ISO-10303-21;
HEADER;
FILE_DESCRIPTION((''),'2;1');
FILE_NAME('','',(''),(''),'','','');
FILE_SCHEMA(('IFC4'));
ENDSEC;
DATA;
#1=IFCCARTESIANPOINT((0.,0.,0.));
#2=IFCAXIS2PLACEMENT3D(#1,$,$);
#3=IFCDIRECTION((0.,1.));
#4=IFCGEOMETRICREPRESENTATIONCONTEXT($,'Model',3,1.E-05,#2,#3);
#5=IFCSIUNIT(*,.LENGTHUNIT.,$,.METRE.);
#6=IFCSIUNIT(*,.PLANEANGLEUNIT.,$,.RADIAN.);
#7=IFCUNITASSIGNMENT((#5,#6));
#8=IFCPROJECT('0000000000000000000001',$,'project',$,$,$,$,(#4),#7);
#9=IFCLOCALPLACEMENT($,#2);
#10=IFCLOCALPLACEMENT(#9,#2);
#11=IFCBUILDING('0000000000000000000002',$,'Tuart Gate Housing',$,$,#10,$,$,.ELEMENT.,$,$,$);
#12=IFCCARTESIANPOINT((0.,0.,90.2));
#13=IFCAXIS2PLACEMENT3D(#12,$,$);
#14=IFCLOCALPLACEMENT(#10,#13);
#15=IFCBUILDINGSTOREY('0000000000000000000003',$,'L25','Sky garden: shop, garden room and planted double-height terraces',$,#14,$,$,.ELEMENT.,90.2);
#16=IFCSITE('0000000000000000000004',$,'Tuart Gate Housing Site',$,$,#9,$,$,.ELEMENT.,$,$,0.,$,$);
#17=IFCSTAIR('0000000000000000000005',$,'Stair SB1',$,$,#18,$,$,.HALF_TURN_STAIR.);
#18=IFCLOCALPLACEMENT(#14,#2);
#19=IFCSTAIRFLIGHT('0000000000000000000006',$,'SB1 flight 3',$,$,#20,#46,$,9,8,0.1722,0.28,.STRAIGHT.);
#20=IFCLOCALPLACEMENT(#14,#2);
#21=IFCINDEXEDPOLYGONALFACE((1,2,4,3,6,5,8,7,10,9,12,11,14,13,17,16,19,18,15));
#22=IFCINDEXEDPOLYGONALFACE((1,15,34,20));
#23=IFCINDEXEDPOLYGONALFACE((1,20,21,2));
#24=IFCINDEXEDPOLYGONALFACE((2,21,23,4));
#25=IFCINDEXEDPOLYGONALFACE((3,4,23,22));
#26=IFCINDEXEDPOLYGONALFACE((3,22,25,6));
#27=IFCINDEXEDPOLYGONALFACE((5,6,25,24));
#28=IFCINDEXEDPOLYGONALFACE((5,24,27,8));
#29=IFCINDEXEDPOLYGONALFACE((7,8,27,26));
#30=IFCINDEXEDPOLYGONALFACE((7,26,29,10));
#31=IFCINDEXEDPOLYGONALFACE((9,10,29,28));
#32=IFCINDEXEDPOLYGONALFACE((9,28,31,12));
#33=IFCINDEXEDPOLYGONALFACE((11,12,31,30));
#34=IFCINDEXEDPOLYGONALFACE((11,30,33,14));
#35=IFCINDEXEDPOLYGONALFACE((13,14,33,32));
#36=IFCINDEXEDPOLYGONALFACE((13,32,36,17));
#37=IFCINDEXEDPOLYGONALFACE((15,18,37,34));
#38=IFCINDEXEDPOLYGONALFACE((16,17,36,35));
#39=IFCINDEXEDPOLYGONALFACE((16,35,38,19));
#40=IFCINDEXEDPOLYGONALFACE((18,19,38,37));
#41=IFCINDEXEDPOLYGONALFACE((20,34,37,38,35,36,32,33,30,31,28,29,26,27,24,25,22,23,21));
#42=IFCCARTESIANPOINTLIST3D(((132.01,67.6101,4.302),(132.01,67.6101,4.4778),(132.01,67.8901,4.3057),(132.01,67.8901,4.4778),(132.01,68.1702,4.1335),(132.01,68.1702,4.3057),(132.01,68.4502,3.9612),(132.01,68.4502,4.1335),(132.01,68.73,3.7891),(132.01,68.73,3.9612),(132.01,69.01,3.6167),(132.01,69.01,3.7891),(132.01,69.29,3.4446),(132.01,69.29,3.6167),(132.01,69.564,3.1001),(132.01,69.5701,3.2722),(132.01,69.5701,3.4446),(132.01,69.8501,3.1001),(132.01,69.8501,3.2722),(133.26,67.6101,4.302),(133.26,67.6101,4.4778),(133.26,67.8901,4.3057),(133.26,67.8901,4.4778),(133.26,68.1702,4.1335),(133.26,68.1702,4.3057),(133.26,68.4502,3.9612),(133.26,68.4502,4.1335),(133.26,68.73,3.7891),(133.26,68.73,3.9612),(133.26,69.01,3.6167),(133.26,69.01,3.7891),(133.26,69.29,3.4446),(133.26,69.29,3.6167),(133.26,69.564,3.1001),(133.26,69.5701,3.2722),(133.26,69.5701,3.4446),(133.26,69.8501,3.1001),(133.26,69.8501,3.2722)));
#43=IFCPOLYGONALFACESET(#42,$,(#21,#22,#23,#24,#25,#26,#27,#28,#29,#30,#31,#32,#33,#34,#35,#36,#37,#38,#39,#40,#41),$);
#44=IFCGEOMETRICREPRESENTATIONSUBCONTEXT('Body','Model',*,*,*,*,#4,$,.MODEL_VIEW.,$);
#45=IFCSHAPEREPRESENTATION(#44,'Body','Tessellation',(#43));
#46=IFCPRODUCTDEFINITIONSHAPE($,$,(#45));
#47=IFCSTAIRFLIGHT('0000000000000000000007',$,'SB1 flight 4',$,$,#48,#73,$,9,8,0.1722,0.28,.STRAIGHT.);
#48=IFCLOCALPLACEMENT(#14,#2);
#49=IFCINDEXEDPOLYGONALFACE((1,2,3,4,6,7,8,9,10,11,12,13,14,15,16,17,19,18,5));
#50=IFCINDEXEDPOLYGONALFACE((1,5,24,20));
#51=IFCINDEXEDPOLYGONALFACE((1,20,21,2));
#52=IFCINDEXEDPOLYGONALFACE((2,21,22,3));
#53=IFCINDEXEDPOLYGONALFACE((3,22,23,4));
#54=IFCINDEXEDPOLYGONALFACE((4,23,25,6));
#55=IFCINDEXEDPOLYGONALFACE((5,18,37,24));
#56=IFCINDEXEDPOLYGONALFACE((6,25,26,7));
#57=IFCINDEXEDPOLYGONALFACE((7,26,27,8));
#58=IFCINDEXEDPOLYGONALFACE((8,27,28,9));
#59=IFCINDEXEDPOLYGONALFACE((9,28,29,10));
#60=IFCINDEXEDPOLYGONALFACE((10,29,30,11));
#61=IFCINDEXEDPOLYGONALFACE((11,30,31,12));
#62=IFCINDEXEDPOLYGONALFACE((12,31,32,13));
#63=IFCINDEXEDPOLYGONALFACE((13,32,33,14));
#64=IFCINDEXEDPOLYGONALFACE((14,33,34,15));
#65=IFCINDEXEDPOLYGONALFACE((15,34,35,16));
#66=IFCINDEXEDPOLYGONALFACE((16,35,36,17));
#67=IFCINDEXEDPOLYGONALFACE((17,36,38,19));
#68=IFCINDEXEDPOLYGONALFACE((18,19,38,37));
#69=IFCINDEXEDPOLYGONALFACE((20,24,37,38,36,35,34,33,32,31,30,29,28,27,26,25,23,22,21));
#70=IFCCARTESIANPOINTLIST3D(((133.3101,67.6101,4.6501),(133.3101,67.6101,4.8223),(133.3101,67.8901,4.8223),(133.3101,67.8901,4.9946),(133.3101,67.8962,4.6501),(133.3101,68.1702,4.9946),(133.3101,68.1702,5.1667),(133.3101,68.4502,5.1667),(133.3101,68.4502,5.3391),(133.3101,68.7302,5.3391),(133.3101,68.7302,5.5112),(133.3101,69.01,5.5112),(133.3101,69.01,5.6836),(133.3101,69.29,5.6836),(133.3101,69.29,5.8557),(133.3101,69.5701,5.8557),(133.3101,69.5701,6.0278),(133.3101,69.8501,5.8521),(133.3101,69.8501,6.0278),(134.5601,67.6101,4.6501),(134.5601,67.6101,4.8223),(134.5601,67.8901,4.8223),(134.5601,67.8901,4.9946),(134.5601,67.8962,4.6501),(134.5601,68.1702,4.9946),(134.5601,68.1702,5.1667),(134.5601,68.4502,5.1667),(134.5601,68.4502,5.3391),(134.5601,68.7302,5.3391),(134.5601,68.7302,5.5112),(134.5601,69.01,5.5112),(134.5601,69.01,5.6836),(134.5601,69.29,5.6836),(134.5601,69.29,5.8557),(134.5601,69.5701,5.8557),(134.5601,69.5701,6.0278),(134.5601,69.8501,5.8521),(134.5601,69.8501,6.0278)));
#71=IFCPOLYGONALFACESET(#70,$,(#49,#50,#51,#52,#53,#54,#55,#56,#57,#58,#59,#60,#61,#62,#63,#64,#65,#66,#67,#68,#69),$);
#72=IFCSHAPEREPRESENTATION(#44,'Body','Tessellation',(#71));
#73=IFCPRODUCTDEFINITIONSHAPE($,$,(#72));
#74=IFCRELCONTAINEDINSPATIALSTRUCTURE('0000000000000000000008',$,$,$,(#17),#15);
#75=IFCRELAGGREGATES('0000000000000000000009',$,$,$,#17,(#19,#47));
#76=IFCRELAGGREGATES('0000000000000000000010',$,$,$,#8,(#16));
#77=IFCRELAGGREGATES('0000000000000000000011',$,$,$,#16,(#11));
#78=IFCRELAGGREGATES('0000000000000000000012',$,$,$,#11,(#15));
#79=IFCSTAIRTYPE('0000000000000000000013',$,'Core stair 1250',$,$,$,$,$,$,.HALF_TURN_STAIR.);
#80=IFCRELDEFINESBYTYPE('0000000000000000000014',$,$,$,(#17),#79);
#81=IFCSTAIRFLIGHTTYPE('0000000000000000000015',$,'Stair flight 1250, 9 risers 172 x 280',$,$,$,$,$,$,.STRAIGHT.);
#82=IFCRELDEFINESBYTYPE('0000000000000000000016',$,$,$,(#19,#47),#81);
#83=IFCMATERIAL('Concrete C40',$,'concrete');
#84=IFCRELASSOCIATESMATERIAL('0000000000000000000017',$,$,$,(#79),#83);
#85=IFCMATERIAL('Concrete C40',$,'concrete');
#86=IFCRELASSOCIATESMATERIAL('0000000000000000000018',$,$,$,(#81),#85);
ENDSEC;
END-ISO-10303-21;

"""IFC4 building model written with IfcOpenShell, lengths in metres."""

from ifc_helpers import new_model, si_unit, direction, frame, origin, place, context, subcontext, project, spatial, polyline, outline, extrude, material, type_object, element, aggregate, save


model = new_model("IFC4")

# Units and contexts
model_context = context("Model", 3, precision=1e-05, world=origin(), true_north=direction((0.0, 1.0)))
body_context = subcontext(model_context, "Body", "Model", "MODEL_VIEW")
ifc_project = project(units=[si_unit("LENGTHUNIT", "METRE"), si_unit("PLANEANGLEUNIT", "RADIAN")], contexts=[model_context])

# Site, building, storey
site_placement = place(None, origin())
site = spatial("IfcSite", under=ifc_project, at=site_placement, Name="Tuart Gate Housing Site", CompositionType="ELEMENT", RefElevation=0.0)
building_placement = place(site_placement, origin())
building = spatial("IfcBuilding", under=site, at=building_placement, Name="Tuart Gate Housing", CompositionType="ELEMENT")
storey_placement = place(building_placement, frame((0.0, 0.0, 90.2)))
storey = spatial("IfcBuildingStorey", under=building, at=storey_placement, Name="L25", Description="Sky garden: shop, garden room and planted double-height terraces", CompositionType="ELEMENT", Elevation=90.2)

# Stair, stair flights
ifc_material_1 = material(Name="Concrete C40", Category="concrete")
stair_type = type_object("IfcStairType", Name="Core stair 1250", PredefinedType="HALF_TURN_STAIR", material=ifc_material_1)
stair_placement = place(storey_placement, origin())
stair = element("IfcStair", 1, at=stair_placement, inside=storey, type_object=stair_type, Name="Stair SB1", PredefinedType="HALF_TURN_STAIR")
ifc_material_2 = material(Name="Concrete C40", Category="concrete")
stair_flight_type = type_object("IfcStairFlightType", Name="Stair flight 1250, 9 risers 172 x 280", PredefinedType="STRAIGHT", material=ifc_material_2)
stair_flight_1_placement = place(storey_placement, frame((132.635, 69.8501, 3.1001), z_axis=(0.0, 0.0, 1.0), x_axis=(0.0, -1.0, 0.0)))
stair_flight_1 = element("IfcStairFlight", 2, at=stair_flight_1_placement, type_object=stair_flight_type, Name="SB1 flight 3", NumberOfRisers=9, NumberOfTreads=8, PredefinedType="STRAIGHT", RiserHeight=0.1722, TreadLength=0.28, context=body_context, shape_type="SweptSolid", body=[
    extrude(outline(polyline([(0.0, 0.0), (0.0, 0.1721), (0.28, 0.1721), (0.28, 0.3445), (0.5601, 0.3445), (0.5601, 0.5166), (0.8401, 0.5166), (0.8401, 0.689), (1.1201, 0.689), (1.1201, 0.8611), (1.3999, 0.8611), (1.3999, 1.0334), (1.6799, 1.0334), (1.6799, 1.2056), (1.96, 1.2056), (1.96, 1.3777), (2.24, 1.3777), (2.24, 1.55), (2.24, 1.2019), (0.2861, 0.0), (0.0, 0.0)])), frame((0.0, 0.625, 0.0), z_axis=(0.0, -1.0, 0.0), x_axis=(1.0, 0.0, 0.0)), (0.0, 0.0, 1.0), 1.25),
])
stair_flight_2_placement = place(storey_placement, frame((133.9351, 67.6101, 4.6501), z_axis=(0.0, 0.0, 1.0), x_axis=(0.0, 1.0, 0.0)))
stair_flight_2 = element("IfcStairFlight", 3, at=stair_flight_2_placement, type_object=stair_flight_type, Name="SB1 flight 4", NumberOfRisers=9, NumberOfTreads=8, PredefinedType="STRAIGHT", RiserHeight=0.1722, TreadLength=0.28, context=body_context, shape_type="SweptSolid", body=[
    extrude(outline(polyline([(0.0, 0.0), (0.0, 0.1721), (0.28, 0.1721), (0.28, 0.3445), (0.5601, 0.3445), (0.5601, 0.5166), (0.8401, 0.5166), (0.8401, 0.689), (1.1201, 0.689), (1.1201, 0.8611), (1.3999, 0.8611), (1.3999, 1.0334), (1.6799, 1.0334), (1.6799, 1.2056), (1.96, 1.2056), (1.96, 1.3777), (2.24, 1.3777), (2.24, 1.55), (2.24, 1.2019), (0.2861, 0.0), (0.0, 0.0)])), frame((0.0, 0.625, 0.0), z_axis=(0.0, -1.0, 0.0), x_axis=(1.0, 0.0, 0.0)), (0.0, 0.0, 1.0), 1.25),
])
aggregate(stair, [stair_flight_1, stair_flight_2])

save(model, "model.ifc")
